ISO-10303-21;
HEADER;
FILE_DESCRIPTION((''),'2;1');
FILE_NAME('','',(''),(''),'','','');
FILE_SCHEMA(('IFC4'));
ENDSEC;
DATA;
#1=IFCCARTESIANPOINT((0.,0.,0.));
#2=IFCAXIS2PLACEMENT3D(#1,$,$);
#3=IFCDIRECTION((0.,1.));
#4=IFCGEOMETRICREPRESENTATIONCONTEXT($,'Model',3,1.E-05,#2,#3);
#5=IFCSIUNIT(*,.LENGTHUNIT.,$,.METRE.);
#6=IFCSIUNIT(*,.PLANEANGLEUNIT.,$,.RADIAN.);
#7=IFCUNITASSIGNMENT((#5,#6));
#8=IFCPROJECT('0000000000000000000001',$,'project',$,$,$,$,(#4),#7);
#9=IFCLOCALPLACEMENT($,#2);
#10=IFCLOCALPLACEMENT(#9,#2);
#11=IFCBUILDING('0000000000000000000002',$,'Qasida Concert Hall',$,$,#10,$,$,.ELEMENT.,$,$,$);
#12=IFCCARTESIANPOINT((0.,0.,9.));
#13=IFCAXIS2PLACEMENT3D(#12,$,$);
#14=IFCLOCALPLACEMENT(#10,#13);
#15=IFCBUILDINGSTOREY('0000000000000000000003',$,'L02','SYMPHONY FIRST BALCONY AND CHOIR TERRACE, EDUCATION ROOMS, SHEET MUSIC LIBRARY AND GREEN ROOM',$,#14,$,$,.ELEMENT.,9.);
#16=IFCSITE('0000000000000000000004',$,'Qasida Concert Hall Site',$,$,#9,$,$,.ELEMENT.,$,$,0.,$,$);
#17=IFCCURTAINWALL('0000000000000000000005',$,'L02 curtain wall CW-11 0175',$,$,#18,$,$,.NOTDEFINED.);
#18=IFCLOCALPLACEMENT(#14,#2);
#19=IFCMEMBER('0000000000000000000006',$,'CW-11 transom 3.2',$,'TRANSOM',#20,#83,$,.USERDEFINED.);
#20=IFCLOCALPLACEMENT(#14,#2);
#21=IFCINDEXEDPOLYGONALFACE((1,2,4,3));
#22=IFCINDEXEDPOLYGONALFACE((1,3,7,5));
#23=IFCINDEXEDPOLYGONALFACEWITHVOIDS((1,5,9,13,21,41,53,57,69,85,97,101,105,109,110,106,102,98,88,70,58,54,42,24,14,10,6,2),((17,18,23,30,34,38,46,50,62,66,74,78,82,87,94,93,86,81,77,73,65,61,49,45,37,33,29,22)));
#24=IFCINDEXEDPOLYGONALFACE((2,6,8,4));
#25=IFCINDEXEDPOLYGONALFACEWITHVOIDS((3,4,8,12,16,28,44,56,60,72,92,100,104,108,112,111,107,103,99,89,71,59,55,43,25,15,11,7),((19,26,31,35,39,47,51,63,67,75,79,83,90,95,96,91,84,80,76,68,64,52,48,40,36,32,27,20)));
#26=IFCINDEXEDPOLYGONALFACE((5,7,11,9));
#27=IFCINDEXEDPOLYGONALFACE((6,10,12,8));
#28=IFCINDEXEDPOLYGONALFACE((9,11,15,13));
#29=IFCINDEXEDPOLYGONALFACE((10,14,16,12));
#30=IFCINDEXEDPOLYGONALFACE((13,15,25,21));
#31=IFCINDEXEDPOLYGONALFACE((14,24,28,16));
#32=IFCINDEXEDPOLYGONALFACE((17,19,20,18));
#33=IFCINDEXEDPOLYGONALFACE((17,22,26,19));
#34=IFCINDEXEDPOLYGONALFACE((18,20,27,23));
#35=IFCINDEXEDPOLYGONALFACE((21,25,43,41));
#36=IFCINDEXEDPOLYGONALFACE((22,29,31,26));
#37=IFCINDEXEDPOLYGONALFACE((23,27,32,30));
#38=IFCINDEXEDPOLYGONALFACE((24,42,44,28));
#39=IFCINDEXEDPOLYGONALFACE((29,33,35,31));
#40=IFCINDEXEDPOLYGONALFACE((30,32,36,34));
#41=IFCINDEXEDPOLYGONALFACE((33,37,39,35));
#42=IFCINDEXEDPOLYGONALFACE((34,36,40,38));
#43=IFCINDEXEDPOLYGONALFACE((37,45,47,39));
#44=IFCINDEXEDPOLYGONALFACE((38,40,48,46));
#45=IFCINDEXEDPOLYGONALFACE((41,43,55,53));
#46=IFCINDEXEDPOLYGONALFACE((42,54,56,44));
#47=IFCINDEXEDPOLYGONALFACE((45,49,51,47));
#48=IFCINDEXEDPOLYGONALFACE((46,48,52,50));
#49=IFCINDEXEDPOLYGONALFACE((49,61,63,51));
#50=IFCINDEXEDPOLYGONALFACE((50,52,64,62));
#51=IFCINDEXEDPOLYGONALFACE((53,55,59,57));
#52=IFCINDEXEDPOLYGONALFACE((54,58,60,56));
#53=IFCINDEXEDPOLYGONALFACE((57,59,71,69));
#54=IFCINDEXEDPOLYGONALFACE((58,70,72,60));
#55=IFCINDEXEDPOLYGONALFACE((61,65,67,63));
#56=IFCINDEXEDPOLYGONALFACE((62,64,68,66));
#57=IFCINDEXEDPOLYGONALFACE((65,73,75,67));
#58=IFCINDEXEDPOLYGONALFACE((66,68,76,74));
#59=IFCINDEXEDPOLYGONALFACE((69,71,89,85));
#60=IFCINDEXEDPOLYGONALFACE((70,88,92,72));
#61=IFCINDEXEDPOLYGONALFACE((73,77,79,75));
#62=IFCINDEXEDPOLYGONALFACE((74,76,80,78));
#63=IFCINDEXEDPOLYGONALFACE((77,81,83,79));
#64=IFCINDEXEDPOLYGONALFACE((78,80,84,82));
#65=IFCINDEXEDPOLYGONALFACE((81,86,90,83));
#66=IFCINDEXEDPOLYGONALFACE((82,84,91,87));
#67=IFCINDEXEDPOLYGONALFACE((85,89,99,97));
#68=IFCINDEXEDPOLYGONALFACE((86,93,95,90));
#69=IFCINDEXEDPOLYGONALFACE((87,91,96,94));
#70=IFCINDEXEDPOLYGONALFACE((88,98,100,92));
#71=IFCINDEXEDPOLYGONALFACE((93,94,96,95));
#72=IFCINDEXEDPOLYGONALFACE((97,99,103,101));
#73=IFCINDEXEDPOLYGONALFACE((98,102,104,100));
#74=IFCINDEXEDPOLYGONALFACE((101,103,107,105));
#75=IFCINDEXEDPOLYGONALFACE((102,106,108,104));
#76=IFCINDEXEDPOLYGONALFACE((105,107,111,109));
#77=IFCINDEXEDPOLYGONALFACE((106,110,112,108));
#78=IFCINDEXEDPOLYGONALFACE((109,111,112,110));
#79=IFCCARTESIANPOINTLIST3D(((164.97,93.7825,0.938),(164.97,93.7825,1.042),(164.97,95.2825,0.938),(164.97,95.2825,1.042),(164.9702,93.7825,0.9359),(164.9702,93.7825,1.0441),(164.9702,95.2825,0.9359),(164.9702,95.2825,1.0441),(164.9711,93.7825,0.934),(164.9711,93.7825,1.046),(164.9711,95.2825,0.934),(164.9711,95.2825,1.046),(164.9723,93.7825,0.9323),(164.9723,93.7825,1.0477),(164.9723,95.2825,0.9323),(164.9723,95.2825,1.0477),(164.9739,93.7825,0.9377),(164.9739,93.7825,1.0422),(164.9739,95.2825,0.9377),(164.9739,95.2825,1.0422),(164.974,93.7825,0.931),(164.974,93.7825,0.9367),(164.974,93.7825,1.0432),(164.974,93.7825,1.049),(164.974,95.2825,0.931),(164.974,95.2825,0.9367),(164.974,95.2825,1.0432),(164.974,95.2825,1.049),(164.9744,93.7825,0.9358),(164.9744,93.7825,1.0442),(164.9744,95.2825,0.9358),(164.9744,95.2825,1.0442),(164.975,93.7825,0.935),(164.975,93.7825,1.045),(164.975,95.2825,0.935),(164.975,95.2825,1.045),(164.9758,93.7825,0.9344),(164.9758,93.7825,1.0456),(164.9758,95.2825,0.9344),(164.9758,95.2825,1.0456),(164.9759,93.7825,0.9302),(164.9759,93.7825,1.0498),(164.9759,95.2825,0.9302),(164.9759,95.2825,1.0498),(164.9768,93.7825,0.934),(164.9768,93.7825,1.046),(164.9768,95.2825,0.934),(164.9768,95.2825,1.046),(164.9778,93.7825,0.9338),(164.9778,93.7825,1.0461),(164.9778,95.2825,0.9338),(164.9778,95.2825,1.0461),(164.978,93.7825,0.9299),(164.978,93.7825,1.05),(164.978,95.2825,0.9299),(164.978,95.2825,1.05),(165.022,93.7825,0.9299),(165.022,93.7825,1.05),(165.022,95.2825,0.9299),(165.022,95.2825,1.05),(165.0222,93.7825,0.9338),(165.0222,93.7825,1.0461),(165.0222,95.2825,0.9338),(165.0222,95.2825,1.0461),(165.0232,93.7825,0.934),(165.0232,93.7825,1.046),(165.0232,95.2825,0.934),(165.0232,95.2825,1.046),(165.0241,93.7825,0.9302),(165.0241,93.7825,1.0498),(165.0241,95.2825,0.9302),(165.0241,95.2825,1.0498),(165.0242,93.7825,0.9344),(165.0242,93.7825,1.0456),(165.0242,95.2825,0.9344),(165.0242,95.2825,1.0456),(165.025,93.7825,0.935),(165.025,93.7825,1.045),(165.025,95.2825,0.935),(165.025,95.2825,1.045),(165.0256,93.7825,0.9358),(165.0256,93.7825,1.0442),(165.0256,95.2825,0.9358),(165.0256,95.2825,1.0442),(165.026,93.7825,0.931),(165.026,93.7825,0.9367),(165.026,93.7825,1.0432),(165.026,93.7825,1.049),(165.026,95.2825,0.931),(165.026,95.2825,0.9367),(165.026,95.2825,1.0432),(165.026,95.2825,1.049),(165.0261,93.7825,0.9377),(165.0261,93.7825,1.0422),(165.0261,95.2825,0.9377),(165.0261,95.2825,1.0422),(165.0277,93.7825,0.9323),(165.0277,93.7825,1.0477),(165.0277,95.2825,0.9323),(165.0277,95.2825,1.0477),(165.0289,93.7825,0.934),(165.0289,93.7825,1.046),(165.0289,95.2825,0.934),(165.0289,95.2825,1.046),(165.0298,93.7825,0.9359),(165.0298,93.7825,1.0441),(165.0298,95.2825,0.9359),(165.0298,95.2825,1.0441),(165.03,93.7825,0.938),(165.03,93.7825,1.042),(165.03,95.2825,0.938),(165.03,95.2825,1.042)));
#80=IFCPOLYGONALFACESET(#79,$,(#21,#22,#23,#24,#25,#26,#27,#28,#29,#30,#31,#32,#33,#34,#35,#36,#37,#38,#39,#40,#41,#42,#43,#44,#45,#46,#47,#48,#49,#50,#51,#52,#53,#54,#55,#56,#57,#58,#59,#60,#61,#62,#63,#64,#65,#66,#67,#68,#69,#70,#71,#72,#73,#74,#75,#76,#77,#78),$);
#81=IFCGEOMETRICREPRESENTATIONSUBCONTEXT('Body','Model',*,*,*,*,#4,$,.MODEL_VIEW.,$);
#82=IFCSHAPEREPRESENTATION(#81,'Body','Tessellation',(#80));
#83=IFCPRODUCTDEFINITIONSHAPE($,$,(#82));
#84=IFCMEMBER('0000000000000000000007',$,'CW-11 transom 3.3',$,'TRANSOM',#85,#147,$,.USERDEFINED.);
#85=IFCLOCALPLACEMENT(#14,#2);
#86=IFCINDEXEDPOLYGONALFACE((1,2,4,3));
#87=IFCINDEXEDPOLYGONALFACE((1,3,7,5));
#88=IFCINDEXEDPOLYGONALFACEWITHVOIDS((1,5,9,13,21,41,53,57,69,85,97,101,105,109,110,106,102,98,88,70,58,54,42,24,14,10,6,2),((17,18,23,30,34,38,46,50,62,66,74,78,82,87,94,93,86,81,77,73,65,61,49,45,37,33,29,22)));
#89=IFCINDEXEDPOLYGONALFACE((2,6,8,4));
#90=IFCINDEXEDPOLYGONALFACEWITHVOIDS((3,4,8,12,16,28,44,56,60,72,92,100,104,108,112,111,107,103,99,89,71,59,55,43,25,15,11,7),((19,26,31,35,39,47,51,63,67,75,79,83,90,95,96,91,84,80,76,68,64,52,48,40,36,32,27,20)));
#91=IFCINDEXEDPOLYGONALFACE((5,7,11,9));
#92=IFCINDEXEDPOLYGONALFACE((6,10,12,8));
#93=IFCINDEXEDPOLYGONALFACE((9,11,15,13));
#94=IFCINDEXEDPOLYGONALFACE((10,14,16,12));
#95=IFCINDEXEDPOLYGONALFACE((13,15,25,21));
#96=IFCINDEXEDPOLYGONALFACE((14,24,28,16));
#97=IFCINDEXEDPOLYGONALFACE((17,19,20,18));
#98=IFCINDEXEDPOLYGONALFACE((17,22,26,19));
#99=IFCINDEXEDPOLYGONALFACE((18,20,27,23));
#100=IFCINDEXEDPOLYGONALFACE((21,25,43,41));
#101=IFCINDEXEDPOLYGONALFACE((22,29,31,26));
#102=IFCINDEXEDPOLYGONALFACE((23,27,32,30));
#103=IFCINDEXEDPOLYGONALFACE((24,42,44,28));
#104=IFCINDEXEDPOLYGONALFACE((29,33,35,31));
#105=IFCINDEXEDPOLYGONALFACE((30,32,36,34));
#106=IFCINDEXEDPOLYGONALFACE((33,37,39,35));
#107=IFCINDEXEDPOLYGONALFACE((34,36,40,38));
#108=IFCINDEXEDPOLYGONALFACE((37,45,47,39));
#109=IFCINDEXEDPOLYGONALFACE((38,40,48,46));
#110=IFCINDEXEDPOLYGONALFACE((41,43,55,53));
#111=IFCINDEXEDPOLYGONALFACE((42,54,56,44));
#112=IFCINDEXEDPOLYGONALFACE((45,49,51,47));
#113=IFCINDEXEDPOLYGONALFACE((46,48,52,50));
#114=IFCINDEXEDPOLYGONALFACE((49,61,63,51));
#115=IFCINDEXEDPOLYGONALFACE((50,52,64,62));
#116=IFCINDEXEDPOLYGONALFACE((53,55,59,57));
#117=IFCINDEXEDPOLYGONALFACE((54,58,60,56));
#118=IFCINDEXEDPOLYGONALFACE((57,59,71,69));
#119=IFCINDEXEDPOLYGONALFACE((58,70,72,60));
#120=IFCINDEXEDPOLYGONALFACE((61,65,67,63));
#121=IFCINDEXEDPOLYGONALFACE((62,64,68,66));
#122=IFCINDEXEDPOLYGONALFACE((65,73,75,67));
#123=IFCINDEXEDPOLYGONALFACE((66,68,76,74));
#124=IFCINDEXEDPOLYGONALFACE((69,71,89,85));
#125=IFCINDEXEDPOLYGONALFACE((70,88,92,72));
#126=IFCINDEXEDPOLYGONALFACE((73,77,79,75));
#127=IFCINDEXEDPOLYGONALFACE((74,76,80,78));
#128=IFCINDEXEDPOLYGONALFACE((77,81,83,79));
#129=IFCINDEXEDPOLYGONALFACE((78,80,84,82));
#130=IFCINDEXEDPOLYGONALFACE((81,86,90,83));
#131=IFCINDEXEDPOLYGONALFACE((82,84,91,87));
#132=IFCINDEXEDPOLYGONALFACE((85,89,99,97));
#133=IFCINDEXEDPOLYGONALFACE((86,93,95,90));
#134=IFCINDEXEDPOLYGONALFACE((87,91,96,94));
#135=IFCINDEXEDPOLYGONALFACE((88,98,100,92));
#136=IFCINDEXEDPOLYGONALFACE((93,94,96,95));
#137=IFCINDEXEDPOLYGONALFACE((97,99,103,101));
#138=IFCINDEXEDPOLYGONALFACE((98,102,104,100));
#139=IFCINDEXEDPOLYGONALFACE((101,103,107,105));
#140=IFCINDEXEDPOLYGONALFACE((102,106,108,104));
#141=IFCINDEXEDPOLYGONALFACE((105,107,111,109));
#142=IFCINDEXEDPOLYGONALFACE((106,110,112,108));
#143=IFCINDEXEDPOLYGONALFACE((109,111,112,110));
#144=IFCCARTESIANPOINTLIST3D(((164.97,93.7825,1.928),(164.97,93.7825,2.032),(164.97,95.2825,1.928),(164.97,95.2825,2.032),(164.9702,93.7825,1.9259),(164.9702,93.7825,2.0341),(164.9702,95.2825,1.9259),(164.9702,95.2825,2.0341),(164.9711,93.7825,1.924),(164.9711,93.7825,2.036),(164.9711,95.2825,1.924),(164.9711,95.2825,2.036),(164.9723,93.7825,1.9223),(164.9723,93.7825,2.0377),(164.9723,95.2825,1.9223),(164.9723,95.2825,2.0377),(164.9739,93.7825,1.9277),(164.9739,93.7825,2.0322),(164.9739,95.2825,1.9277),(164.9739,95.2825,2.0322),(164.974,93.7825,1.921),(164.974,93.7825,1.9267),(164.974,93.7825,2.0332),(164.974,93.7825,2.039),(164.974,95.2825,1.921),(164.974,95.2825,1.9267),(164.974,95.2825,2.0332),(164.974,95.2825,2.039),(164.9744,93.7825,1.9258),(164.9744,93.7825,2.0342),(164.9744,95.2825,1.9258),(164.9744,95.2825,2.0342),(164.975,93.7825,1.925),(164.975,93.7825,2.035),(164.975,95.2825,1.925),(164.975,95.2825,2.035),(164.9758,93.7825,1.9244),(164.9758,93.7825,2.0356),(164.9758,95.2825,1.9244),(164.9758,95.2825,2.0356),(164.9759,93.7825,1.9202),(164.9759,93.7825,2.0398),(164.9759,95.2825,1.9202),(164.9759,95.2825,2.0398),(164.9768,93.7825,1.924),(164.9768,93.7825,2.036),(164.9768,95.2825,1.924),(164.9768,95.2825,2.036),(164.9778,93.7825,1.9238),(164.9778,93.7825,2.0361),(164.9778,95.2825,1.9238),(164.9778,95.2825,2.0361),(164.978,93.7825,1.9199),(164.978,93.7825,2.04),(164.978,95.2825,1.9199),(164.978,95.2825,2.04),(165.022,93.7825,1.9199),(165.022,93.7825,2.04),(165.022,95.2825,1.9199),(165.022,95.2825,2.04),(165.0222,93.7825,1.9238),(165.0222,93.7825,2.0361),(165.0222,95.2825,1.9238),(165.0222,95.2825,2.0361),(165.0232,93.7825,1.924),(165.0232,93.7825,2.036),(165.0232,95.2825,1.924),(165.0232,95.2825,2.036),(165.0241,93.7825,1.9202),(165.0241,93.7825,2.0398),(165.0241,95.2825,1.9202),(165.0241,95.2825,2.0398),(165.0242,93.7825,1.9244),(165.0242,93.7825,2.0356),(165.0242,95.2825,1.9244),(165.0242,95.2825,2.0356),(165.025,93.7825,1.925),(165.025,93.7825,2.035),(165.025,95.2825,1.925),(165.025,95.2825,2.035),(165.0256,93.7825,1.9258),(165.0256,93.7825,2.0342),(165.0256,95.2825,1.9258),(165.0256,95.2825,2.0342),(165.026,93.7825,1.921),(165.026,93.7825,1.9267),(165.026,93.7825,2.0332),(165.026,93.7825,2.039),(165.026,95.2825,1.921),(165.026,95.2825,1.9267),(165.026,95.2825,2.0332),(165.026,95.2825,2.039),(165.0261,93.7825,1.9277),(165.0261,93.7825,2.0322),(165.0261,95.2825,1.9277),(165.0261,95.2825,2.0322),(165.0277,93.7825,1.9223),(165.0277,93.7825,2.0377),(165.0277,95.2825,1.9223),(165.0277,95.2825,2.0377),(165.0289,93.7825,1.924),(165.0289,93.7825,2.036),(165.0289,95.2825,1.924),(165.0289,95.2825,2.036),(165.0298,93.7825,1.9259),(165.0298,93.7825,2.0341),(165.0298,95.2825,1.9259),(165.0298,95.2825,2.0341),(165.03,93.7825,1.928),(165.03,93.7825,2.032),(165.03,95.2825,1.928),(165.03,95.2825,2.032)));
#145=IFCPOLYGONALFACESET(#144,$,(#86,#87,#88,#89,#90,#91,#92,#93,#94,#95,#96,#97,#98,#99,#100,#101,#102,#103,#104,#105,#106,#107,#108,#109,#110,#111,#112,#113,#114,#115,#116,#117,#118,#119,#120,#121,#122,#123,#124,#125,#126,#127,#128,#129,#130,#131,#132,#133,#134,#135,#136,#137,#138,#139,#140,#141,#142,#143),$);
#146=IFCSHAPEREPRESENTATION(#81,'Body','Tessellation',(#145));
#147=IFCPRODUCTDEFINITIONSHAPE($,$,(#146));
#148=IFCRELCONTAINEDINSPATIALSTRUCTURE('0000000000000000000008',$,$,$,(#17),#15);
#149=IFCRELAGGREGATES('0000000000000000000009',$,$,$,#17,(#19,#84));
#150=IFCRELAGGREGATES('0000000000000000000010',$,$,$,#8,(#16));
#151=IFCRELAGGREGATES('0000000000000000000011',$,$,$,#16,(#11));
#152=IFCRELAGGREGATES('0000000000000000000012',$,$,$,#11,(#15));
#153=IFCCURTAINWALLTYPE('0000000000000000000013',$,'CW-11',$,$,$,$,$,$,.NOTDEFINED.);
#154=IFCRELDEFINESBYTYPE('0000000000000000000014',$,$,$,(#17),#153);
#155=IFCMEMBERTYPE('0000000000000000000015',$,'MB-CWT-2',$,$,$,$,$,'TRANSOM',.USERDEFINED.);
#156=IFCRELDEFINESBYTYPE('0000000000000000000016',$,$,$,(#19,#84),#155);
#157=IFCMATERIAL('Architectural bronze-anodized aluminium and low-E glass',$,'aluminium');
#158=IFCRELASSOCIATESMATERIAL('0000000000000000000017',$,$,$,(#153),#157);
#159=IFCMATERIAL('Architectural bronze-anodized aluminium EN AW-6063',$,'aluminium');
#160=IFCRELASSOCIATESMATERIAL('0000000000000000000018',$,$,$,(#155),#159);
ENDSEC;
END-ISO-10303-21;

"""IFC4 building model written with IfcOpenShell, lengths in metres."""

from ifc_helpers import new_model, si_unit, direction, frame, origin, origin_2d, place, context, subcontext, project, spatial, hollow_rectangle, extrude, material, material_profile, profile_set, type_object, element, aggregate, save


model = new_model("IFC4")

# Units and contexts
model_context = context("Model", 3, precision=1e-05, world=origin(), true_north=direction((0.0, 1.0)))
body_context = subcontext(model_context, "Body", "Model", "MODEL_VIEW")
ifc_project = project(units=[si_unit("LENGTHUNIT", "METRE"), si_unit("PLANEANGLEUNIT", "RADIAN")], contexts=[model_context])

# Site, building, storey
site_placement = place(None, origin())
site = spatial("IfcSite", under=ifc_project, at=site_placement, Name="Qasida Concert Hall Site", CompositionType="ELEMENT", RefElevation=0.0)
building_placement = place(site_placement, origin())
building = spatial("IfcBuilding", under=site, at=building_placement, Name="Qasida Concert Hall", CompositionType="ELEMENT")
storey_placement = place(building_placement, frame((0.0, 0.0, 9.0)))
storey = spatial("IfcBuildingStorey", under=building, at=storey_placement, Name="L02", Description="SYMPHONY FIRST BALCONY AND CHOIR TERRACE, EDUCATION ROOMS, SHEET MUSIC LIBRARY AND GREEN ROOM", CompositionType="ELEMENT", Elevation=9.0)

# Curtain wall, members
ifc_material_1 = material(Name="Architectural bronze-anodized aluminium and low-E glass", Category="aluminium")
curtain_wall_type = type_object("IfcCurtainWallType", Name="CW-11", PredefinedType="NOTDEFINED", material=ifc_material_1)
curtain_wall_placement = place(storey_placement, origin())
curtain_wall = element("IfcCurtainWall", 1, at=curtain_wall_placement, inside=storey, type_object=curtain_wall_type, Name="L02 curtain wall CW-11 0175", PredefinedType="NOTDEFINED")
ifc_material_2 = material(Name="Architectural bronze-anodized aluminium EN AW-6063", Category="aluminium")
ifc_material_profile_1 = material_profile(ifc_material_2, hollow_rectangle(XDim=0.0601, YDim=0.1201, WallThickness=0.0039, InnerFilletRadius=0.0039, OuterFilletRadius=0.0081, at=origin_2d()), Name="CWT 120x60x4")
ifc_profile_set_1 = profile_set([ifc_material_profile_1], Name="Architectural bronze-anodized aluminium EN AW-6063")
member_type_1 = type_object("IfcMemberType", Name="MB-CWT-2", ElementType="TRANSOM", PredefinedType="USERDEFINED", material=ifc_profile_set_1)
member_1_placement = place(storey_placement, frame((165.0, 93.7825, 0.99), z_axis=(0.0, 1.0, 0.0), x_axis=(-1.0, 0.0, 0.0)))
member_1 = element("IfcMember", 2, at=member_1_placement, type_object=member_type_1, Name="CW-11 transom 3.2", ObjectType="TRANSOM", PredefinedType="USERDEFINED", context=body_context, shape_type="SweptSolid", body=[
    extrude(hollow_rectangle(XDim=0.0601, YDim=0.1201, WallThickness=0.0039, InnerFilletRadius=0.0039, OuterFilletRadius=0.0081, at=origin_2d()), origin(), (0.0, 0.0, 1.0), 1.5),
])
member_2_placement = place(storey_placement, frame((165.0, 93.7825, 1.98), z_axis=(0.0, 1.0, 0.0), x_axis=(-1.0, 0.0, 0.0)))
member_2 = element("IfcMember", 3, at=member_2_placement, type_object=member_type_1, Name="CW-11 transom 3.3", ObjectType="TRANSOM", PredefinedType="USERDEFINED", context=body_context, shape_type="SweptSolid", body=[
    extrude(hollow_rectangle(XDim=0.0601, YDim=0.1201, WallThickness=0.0039, InnerFilletRadius=0.0039, OuterFilletRadius=0.0081, at=origin_2d()), origin(), (0.0, 0.0, 1.0), 1.5),
])
aggregate(curtain_wall, [member_1, member_2])

save(model, "model.ifc")
